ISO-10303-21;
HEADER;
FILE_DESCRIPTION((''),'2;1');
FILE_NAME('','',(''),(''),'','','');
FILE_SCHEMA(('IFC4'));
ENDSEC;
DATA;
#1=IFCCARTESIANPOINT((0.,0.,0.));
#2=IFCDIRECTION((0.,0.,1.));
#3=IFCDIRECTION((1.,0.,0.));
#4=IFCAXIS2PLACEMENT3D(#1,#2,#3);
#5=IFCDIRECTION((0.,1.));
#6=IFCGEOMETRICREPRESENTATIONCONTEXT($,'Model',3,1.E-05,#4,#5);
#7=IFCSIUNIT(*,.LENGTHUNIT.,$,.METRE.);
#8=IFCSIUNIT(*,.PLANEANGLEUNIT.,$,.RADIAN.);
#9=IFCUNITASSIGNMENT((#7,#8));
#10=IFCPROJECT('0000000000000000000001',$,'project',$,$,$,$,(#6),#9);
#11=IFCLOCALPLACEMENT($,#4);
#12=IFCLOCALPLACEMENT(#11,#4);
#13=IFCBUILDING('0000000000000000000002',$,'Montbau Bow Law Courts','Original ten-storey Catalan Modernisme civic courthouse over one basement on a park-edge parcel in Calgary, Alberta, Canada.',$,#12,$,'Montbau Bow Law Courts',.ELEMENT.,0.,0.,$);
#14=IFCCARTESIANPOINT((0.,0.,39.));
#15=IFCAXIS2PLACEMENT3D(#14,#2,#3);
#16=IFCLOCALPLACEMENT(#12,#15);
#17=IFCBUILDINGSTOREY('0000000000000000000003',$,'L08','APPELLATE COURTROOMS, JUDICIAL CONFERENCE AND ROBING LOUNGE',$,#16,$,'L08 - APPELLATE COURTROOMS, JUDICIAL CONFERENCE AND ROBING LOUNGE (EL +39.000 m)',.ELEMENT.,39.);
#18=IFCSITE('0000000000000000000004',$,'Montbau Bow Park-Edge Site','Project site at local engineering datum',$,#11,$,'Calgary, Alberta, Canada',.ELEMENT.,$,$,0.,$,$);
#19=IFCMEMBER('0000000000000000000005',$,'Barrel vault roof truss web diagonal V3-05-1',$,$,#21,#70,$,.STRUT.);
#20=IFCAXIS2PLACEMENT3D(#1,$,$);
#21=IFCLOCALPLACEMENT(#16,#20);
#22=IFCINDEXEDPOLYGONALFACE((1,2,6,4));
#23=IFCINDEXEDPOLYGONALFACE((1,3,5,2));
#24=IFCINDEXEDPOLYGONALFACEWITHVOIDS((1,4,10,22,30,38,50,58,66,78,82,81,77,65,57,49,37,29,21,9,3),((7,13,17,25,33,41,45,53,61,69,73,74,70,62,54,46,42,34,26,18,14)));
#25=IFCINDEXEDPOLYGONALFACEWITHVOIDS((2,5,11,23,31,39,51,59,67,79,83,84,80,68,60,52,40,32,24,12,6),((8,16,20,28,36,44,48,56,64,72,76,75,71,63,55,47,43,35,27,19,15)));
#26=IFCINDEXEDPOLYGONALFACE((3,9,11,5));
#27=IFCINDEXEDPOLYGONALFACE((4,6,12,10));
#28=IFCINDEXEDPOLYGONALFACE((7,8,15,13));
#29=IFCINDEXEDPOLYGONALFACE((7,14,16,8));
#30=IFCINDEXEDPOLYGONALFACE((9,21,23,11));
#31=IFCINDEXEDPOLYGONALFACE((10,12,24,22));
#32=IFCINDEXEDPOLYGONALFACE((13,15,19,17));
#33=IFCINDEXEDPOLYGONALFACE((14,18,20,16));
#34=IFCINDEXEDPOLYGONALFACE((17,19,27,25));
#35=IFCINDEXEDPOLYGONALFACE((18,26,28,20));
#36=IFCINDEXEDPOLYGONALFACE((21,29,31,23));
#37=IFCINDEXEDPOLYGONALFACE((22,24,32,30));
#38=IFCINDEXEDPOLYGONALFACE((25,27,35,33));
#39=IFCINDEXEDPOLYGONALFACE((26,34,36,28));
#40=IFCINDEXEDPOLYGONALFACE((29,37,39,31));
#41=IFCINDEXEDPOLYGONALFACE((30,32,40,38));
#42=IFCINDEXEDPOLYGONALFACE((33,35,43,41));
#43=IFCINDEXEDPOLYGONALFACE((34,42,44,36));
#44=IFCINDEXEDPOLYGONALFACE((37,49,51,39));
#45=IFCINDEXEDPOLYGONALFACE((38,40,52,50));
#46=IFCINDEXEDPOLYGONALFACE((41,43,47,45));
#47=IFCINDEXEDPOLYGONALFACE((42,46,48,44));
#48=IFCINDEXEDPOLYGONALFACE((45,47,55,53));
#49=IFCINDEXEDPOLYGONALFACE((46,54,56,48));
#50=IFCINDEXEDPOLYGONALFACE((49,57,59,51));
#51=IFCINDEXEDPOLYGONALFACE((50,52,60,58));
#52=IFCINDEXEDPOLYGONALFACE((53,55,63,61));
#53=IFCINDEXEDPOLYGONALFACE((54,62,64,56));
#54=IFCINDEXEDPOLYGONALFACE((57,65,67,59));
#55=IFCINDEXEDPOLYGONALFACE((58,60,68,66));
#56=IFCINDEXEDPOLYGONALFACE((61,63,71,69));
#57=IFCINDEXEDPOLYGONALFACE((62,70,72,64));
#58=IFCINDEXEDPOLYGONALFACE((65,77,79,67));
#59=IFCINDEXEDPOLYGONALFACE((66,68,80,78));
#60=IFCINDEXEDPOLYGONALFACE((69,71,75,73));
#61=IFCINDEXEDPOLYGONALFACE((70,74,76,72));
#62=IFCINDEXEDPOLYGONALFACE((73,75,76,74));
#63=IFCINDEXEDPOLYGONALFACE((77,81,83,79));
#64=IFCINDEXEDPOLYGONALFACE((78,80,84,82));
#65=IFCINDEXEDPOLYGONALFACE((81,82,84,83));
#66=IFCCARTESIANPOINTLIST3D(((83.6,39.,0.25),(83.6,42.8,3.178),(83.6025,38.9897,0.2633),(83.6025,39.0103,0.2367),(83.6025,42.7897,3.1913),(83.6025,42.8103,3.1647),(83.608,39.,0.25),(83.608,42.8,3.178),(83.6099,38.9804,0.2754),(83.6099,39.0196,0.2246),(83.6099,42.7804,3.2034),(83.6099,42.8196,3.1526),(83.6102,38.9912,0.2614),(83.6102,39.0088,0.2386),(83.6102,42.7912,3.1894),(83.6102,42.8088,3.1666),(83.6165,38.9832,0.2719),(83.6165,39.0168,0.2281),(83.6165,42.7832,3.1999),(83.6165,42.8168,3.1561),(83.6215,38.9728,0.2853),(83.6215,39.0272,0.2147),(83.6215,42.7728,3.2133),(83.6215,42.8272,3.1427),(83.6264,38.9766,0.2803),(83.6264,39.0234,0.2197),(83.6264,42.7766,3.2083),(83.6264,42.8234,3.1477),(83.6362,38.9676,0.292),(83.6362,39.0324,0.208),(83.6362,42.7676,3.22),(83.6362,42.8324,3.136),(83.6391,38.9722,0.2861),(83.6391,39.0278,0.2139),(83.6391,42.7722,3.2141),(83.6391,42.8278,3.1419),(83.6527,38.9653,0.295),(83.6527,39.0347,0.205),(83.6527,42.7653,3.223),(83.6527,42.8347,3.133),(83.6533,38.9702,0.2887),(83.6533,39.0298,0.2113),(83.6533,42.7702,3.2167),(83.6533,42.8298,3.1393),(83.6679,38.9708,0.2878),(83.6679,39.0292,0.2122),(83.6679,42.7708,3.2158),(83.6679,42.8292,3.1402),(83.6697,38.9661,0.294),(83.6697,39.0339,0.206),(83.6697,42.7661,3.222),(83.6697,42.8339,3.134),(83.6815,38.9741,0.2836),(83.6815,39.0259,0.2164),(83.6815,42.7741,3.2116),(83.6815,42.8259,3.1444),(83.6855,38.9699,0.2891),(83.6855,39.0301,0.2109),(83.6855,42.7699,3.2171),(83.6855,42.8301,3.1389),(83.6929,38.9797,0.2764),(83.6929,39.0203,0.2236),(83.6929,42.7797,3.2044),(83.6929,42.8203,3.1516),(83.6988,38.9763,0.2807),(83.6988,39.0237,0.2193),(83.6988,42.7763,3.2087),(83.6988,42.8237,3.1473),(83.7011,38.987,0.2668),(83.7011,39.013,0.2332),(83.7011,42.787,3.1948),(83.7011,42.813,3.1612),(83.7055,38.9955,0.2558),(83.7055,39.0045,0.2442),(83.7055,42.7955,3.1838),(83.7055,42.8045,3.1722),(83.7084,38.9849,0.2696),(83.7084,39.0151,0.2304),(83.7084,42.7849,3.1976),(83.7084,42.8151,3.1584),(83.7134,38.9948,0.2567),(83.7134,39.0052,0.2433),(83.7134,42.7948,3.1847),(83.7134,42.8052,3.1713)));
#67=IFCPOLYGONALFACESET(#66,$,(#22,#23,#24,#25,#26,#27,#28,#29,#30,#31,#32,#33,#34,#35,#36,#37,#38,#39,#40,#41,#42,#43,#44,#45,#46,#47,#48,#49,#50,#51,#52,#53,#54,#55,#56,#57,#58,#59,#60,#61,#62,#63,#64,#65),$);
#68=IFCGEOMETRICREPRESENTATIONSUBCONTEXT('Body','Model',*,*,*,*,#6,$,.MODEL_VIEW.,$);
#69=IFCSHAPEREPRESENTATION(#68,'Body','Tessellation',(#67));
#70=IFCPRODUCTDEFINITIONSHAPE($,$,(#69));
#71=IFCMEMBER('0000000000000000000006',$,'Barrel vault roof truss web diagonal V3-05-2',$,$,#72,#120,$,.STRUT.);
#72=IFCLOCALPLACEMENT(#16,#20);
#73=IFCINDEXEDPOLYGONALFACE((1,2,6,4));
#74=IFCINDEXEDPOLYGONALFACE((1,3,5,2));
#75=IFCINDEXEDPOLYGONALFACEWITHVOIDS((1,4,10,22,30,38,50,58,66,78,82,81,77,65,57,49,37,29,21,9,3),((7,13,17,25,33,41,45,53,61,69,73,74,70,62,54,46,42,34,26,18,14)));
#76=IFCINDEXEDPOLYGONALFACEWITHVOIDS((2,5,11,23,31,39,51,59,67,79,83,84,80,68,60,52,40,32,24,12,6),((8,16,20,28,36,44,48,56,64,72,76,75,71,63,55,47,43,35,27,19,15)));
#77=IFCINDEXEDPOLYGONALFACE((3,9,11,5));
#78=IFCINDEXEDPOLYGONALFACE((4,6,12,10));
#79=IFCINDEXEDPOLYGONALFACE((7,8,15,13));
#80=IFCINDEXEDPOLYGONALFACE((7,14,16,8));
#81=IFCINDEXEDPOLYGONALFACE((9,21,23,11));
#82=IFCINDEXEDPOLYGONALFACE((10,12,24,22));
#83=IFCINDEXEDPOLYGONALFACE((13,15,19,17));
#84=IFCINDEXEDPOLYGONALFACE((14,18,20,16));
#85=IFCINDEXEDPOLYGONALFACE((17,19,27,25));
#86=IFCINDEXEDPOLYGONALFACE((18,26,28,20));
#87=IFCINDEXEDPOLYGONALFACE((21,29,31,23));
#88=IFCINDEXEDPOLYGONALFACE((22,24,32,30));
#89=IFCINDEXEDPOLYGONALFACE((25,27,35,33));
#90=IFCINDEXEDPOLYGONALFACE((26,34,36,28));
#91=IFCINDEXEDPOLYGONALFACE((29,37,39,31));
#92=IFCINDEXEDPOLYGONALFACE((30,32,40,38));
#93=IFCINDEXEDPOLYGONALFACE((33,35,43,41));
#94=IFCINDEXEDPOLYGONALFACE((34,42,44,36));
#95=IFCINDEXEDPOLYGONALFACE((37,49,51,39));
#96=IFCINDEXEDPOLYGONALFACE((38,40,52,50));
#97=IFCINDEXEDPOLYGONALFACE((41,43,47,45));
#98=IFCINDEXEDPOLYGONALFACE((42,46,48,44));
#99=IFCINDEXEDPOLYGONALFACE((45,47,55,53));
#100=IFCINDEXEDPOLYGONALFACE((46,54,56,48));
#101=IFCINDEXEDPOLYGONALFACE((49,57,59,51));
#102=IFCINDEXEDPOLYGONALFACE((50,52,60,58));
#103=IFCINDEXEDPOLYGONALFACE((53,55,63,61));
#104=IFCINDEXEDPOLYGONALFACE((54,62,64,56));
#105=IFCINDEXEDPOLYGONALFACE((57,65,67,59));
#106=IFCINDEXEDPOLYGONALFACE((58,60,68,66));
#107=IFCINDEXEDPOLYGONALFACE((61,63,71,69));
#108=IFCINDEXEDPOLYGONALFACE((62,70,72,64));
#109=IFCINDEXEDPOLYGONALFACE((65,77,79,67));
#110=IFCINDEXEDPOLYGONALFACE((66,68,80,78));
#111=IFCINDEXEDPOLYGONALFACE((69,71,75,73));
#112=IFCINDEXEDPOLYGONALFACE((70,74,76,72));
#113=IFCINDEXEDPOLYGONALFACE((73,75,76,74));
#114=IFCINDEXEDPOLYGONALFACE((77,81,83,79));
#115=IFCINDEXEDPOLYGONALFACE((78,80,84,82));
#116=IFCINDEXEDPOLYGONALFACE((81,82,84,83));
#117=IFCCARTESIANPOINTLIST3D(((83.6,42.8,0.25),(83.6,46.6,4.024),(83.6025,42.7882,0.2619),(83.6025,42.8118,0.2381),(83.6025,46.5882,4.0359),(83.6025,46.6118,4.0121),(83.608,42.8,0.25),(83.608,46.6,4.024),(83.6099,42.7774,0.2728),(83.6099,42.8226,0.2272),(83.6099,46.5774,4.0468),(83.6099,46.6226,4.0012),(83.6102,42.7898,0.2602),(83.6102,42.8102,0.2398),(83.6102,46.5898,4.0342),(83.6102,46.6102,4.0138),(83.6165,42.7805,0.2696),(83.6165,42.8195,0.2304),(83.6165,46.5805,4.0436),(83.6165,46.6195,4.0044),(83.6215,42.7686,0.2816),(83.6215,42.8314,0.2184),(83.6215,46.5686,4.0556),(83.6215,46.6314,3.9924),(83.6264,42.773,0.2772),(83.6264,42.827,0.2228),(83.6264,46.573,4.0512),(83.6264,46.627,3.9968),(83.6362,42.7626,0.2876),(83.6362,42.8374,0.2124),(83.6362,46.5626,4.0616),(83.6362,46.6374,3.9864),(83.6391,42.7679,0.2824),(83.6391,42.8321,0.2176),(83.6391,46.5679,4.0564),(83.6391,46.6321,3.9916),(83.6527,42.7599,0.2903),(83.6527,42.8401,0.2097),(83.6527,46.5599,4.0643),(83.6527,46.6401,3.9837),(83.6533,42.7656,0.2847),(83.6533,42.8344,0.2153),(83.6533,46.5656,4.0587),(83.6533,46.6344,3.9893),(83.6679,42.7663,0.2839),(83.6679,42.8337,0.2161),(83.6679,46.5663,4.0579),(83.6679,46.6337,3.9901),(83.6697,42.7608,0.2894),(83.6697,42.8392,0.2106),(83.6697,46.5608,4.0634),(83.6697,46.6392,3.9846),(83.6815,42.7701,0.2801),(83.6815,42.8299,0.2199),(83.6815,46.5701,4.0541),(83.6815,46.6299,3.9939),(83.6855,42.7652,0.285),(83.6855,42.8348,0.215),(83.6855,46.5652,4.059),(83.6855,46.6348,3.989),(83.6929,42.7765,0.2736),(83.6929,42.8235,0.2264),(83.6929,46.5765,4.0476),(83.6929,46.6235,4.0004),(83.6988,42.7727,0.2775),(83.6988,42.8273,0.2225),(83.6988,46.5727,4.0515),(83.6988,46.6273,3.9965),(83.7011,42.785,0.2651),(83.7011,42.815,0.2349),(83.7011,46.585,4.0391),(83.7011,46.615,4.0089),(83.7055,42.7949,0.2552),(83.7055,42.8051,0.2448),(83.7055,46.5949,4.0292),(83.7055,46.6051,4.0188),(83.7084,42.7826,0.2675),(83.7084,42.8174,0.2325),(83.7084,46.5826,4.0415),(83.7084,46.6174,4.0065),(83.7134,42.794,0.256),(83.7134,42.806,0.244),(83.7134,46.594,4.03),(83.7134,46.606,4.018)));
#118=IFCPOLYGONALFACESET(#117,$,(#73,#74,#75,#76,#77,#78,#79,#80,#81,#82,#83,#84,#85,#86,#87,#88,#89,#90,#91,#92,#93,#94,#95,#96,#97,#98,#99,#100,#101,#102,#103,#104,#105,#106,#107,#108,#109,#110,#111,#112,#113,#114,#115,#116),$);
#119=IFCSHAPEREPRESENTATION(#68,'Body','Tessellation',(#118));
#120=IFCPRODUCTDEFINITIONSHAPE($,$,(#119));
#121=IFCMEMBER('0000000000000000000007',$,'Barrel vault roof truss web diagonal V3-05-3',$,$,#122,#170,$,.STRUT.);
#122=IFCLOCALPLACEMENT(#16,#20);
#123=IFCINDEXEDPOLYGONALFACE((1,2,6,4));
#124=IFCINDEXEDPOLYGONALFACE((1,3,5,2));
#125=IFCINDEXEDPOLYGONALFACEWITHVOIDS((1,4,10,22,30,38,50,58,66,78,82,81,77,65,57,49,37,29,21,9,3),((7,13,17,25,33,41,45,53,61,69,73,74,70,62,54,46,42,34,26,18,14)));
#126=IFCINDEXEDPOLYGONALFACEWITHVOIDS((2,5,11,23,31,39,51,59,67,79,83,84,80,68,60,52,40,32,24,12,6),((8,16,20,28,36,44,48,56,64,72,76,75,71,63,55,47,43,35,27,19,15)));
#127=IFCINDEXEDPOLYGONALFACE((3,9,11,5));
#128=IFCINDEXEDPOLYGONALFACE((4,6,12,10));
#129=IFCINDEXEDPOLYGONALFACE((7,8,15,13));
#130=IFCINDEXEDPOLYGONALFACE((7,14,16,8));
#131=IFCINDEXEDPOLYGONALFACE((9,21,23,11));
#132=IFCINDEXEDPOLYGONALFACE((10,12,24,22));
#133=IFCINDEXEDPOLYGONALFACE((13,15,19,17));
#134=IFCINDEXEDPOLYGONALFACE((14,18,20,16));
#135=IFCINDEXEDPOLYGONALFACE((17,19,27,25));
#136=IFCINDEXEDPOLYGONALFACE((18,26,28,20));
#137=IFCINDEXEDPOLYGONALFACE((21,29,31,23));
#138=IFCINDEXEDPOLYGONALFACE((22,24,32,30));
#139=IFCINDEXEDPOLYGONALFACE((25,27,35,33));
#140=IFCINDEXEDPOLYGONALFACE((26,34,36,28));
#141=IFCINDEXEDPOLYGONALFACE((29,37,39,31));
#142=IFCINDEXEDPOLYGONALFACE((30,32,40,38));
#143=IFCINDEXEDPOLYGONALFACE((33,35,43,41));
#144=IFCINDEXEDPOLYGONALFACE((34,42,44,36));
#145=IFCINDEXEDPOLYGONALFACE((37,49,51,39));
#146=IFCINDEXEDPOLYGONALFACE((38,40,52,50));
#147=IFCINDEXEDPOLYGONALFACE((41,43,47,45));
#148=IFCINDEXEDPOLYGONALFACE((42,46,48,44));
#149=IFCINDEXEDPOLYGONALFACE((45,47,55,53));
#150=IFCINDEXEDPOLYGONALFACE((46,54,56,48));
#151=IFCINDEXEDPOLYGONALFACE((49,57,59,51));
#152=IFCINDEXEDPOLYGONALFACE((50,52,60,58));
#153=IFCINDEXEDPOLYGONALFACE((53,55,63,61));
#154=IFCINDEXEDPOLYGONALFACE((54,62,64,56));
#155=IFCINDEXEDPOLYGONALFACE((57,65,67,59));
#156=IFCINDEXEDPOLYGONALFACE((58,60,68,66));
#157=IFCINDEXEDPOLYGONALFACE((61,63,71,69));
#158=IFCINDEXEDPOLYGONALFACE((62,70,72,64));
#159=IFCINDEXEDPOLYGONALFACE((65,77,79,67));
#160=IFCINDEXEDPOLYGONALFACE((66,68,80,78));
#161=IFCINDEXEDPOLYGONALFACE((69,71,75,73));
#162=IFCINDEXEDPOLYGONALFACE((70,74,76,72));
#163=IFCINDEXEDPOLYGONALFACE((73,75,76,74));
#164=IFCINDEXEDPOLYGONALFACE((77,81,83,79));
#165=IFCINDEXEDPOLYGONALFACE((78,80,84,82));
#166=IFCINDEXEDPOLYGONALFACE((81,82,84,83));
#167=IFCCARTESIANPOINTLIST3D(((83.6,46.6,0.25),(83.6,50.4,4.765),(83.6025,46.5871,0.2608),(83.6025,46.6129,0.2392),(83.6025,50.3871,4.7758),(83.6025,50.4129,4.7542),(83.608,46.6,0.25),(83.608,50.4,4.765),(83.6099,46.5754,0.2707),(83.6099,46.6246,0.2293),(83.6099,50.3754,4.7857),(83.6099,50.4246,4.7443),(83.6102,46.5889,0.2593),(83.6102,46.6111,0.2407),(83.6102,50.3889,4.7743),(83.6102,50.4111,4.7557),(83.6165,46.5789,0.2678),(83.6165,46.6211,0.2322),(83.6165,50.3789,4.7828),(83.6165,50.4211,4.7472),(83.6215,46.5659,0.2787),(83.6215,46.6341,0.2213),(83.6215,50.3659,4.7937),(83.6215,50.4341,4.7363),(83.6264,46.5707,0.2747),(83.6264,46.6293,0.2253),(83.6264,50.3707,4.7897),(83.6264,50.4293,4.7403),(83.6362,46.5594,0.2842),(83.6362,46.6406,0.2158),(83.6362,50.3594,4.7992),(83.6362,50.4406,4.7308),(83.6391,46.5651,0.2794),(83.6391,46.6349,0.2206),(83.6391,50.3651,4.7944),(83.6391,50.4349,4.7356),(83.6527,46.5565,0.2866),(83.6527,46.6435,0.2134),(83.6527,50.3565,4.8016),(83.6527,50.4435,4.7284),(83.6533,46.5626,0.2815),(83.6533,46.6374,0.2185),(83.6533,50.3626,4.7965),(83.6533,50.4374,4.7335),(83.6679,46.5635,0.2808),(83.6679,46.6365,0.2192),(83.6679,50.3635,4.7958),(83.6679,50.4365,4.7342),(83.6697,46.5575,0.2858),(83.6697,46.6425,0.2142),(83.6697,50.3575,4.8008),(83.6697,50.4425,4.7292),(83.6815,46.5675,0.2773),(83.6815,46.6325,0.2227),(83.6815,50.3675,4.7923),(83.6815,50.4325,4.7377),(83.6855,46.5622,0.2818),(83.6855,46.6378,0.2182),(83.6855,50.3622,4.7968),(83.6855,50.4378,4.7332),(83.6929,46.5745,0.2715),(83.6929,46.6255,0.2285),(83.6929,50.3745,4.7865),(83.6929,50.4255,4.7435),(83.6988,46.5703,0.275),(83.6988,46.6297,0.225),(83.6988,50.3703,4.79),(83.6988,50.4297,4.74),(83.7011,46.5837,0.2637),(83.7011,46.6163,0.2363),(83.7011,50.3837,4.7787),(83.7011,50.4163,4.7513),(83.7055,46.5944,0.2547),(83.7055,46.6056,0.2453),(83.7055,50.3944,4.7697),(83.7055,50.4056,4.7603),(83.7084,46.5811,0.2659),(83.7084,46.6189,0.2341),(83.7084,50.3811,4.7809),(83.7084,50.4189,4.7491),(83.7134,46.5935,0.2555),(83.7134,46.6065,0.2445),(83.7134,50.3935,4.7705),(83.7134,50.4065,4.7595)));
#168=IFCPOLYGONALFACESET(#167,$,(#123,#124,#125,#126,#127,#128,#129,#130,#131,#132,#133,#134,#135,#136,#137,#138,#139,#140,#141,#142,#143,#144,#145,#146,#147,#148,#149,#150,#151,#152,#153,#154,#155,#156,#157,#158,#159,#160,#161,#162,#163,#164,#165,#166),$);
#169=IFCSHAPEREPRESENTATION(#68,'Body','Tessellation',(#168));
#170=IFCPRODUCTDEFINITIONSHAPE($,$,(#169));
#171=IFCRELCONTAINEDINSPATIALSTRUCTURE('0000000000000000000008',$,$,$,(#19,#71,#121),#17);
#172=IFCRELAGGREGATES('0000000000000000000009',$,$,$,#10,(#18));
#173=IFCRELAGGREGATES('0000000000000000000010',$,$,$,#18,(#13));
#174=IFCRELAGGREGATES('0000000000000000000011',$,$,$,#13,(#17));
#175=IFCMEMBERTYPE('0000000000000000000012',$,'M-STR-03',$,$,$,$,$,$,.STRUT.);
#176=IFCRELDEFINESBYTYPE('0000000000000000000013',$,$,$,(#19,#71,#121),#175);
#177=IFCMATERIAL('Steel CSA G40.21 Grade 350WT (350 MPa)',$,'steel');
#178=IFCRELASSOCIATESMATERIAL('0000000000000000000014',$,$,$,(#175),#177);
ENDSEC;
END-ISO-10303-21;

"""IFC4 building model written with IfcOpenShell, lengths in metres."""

from ifc_helpers import new_model, si_unit, direction, frame, origin_with_axes, origin_2d_with_axis, place, context, subcontext, project, spatial, hollow_circle, extrude, material, material_profile, profile_set, type_object, element, save


model = new_model("IFC4")

# Units and contexts
model_context = context("Model", 3, precision=1e-05, world=origin_with_axes(), true_north=direction((0.0, 1.0)))
body_context = subcontext(model_context, "Body", "Model", "MODEL_VIEW")
ifc_project = project(units=[si_unit("LENGTHUNIT", "METRE"), si_unit("PLANEANGLEUNIT", "RADIAN")], contexts=[model_context])

# Site, building, storey
site_placement = place(None, origin_with_axes())
site = spatial("IfcSite", under=ifc_project, at=site_placement, Name="Montbau Bow Park-Edge Site", Description="Project site at local engineering datum", LongName="Calgary, Alberta, Canada", CompositionType="ELEMENT", RefElevation=0.0)
building_placement = place(site_placement, origin_with_axes())
building = spatial("IfcBuilding", under=site, at=building_placement, Name="Montbau Bow Law Courts", Description="Original ten-storey Catalan Modernisme civic courthouse over one basement on a park-edge parcel in Calgary, Alberta, Canada.", LongName="Montbau Bow Law Courts", CompositionType="ELEMENT", ElevationOfRefHeight=0.0, ElevationOfTerrain=0.0)
storey_placement = place(building_placement, frame((0.0, 0.0, 39.0), z_axis=(0.0, 0.0, 1.0), x_axis=(1.0, 0.0, 0.0)))
storey = spatial("IfcBuildingStorey", under=building, at=storey_placement, Name="L08", Description="APPELLATE COURTROOMS, JUDICIAL CONFERENCE AND ROBING LOUNGE", LongName="L08 - APPELLATE COURTROOMS, JUDICIAL CONFERENCE AND ROBING LOUNGE (EL +39.000 m)", CompositionType="ELEMENT", Elevation=39.0)

# Shared definitions
ifc_material_1 = material(Name="Steel CSA G40.21 Grade 350WT (350 MPa)", Category="steel")

# Members
ifc_material_profile_1 = material_profile(ifc_material_1, hollow_circle(Radius=0.057, WallThickness=0.008, at=origin_2d_with_axis()), Name="HSS114X8.0", Category="Main", Priority=0)
ifc_profile_set_1 = profile_set([ifc_material_profile_1], Name="Steel CSA G40.21 Grade 350WT (350 MPa)")
member_type_1 = type_object("IfcMemberType", Name="M-STR-03", PredefinedType="STRUT", material=ifc_profile_set_1)
member_1_placement = place(None, frame((83.657, 39.0, 39.25), z_axis=(0.0, 0.792128, 0.610355), x_axis=(-1.0, 0.0, 0.0)))
element("IfcMember", 1, at=member_1_placement, inside=storey, type_object=member_type_1, Name="Barrel vault roof truss web diagonal V3-05-1", PredefinedType="STRUT", context=body_context, shape_type="SweptSolid", body=[
    extrude(hollow_circle(Radius=0.057, WallThickness=0.008, at=origin_2d_with_axis()), origin_with_axes(), (0.0, 0.0, 1.0), 4.7972),
])
member_2_placement = place(None, frame((83.657, 42.8, 39.25), z_axis=(0.0, 0.70953, 0.704675), x_axis=(-1.0, 0.0, 0.0)))
element("IfcMember", 2, at=member_2_placement, inside=storey, type_object=member_type_1, Name="Barrel vault roof truss web diagonal V3-05-2", PredefinedType="STRUT", context=body_context, shape_type="SweptSolid", body=[
    extrude(hollow_circle(Radius=0.057, WallThickness=0.008, at=origin_2d_with_axis()), origin_with_axes(), (0.0, 0.0, 1.0), 5.3557),
])
member_3_placement = place(None, frame((83.657, 46.6, 39.25), z_axis=(0.0, 0.643927, 0.765087), x_axis=(-1.0, 0.0, 0.0)))
element("IfcMember", 3, at=member_3_placement, inside=storey, type_object=member_type_1, Name="Barrel vault roof truss web diagonal V3-05-3", PredefinedType="STRUT", context=body_context, shape_type="SweptSolid", body=[
    extrude(hollow_circle(Radius=0.057, WallThickness=0.008, at=origin_2d_with_axis()), origin_with_axes(), (0.0, 0.0, 1.0), 5.9013),
])

save(model, "model.ifc")
